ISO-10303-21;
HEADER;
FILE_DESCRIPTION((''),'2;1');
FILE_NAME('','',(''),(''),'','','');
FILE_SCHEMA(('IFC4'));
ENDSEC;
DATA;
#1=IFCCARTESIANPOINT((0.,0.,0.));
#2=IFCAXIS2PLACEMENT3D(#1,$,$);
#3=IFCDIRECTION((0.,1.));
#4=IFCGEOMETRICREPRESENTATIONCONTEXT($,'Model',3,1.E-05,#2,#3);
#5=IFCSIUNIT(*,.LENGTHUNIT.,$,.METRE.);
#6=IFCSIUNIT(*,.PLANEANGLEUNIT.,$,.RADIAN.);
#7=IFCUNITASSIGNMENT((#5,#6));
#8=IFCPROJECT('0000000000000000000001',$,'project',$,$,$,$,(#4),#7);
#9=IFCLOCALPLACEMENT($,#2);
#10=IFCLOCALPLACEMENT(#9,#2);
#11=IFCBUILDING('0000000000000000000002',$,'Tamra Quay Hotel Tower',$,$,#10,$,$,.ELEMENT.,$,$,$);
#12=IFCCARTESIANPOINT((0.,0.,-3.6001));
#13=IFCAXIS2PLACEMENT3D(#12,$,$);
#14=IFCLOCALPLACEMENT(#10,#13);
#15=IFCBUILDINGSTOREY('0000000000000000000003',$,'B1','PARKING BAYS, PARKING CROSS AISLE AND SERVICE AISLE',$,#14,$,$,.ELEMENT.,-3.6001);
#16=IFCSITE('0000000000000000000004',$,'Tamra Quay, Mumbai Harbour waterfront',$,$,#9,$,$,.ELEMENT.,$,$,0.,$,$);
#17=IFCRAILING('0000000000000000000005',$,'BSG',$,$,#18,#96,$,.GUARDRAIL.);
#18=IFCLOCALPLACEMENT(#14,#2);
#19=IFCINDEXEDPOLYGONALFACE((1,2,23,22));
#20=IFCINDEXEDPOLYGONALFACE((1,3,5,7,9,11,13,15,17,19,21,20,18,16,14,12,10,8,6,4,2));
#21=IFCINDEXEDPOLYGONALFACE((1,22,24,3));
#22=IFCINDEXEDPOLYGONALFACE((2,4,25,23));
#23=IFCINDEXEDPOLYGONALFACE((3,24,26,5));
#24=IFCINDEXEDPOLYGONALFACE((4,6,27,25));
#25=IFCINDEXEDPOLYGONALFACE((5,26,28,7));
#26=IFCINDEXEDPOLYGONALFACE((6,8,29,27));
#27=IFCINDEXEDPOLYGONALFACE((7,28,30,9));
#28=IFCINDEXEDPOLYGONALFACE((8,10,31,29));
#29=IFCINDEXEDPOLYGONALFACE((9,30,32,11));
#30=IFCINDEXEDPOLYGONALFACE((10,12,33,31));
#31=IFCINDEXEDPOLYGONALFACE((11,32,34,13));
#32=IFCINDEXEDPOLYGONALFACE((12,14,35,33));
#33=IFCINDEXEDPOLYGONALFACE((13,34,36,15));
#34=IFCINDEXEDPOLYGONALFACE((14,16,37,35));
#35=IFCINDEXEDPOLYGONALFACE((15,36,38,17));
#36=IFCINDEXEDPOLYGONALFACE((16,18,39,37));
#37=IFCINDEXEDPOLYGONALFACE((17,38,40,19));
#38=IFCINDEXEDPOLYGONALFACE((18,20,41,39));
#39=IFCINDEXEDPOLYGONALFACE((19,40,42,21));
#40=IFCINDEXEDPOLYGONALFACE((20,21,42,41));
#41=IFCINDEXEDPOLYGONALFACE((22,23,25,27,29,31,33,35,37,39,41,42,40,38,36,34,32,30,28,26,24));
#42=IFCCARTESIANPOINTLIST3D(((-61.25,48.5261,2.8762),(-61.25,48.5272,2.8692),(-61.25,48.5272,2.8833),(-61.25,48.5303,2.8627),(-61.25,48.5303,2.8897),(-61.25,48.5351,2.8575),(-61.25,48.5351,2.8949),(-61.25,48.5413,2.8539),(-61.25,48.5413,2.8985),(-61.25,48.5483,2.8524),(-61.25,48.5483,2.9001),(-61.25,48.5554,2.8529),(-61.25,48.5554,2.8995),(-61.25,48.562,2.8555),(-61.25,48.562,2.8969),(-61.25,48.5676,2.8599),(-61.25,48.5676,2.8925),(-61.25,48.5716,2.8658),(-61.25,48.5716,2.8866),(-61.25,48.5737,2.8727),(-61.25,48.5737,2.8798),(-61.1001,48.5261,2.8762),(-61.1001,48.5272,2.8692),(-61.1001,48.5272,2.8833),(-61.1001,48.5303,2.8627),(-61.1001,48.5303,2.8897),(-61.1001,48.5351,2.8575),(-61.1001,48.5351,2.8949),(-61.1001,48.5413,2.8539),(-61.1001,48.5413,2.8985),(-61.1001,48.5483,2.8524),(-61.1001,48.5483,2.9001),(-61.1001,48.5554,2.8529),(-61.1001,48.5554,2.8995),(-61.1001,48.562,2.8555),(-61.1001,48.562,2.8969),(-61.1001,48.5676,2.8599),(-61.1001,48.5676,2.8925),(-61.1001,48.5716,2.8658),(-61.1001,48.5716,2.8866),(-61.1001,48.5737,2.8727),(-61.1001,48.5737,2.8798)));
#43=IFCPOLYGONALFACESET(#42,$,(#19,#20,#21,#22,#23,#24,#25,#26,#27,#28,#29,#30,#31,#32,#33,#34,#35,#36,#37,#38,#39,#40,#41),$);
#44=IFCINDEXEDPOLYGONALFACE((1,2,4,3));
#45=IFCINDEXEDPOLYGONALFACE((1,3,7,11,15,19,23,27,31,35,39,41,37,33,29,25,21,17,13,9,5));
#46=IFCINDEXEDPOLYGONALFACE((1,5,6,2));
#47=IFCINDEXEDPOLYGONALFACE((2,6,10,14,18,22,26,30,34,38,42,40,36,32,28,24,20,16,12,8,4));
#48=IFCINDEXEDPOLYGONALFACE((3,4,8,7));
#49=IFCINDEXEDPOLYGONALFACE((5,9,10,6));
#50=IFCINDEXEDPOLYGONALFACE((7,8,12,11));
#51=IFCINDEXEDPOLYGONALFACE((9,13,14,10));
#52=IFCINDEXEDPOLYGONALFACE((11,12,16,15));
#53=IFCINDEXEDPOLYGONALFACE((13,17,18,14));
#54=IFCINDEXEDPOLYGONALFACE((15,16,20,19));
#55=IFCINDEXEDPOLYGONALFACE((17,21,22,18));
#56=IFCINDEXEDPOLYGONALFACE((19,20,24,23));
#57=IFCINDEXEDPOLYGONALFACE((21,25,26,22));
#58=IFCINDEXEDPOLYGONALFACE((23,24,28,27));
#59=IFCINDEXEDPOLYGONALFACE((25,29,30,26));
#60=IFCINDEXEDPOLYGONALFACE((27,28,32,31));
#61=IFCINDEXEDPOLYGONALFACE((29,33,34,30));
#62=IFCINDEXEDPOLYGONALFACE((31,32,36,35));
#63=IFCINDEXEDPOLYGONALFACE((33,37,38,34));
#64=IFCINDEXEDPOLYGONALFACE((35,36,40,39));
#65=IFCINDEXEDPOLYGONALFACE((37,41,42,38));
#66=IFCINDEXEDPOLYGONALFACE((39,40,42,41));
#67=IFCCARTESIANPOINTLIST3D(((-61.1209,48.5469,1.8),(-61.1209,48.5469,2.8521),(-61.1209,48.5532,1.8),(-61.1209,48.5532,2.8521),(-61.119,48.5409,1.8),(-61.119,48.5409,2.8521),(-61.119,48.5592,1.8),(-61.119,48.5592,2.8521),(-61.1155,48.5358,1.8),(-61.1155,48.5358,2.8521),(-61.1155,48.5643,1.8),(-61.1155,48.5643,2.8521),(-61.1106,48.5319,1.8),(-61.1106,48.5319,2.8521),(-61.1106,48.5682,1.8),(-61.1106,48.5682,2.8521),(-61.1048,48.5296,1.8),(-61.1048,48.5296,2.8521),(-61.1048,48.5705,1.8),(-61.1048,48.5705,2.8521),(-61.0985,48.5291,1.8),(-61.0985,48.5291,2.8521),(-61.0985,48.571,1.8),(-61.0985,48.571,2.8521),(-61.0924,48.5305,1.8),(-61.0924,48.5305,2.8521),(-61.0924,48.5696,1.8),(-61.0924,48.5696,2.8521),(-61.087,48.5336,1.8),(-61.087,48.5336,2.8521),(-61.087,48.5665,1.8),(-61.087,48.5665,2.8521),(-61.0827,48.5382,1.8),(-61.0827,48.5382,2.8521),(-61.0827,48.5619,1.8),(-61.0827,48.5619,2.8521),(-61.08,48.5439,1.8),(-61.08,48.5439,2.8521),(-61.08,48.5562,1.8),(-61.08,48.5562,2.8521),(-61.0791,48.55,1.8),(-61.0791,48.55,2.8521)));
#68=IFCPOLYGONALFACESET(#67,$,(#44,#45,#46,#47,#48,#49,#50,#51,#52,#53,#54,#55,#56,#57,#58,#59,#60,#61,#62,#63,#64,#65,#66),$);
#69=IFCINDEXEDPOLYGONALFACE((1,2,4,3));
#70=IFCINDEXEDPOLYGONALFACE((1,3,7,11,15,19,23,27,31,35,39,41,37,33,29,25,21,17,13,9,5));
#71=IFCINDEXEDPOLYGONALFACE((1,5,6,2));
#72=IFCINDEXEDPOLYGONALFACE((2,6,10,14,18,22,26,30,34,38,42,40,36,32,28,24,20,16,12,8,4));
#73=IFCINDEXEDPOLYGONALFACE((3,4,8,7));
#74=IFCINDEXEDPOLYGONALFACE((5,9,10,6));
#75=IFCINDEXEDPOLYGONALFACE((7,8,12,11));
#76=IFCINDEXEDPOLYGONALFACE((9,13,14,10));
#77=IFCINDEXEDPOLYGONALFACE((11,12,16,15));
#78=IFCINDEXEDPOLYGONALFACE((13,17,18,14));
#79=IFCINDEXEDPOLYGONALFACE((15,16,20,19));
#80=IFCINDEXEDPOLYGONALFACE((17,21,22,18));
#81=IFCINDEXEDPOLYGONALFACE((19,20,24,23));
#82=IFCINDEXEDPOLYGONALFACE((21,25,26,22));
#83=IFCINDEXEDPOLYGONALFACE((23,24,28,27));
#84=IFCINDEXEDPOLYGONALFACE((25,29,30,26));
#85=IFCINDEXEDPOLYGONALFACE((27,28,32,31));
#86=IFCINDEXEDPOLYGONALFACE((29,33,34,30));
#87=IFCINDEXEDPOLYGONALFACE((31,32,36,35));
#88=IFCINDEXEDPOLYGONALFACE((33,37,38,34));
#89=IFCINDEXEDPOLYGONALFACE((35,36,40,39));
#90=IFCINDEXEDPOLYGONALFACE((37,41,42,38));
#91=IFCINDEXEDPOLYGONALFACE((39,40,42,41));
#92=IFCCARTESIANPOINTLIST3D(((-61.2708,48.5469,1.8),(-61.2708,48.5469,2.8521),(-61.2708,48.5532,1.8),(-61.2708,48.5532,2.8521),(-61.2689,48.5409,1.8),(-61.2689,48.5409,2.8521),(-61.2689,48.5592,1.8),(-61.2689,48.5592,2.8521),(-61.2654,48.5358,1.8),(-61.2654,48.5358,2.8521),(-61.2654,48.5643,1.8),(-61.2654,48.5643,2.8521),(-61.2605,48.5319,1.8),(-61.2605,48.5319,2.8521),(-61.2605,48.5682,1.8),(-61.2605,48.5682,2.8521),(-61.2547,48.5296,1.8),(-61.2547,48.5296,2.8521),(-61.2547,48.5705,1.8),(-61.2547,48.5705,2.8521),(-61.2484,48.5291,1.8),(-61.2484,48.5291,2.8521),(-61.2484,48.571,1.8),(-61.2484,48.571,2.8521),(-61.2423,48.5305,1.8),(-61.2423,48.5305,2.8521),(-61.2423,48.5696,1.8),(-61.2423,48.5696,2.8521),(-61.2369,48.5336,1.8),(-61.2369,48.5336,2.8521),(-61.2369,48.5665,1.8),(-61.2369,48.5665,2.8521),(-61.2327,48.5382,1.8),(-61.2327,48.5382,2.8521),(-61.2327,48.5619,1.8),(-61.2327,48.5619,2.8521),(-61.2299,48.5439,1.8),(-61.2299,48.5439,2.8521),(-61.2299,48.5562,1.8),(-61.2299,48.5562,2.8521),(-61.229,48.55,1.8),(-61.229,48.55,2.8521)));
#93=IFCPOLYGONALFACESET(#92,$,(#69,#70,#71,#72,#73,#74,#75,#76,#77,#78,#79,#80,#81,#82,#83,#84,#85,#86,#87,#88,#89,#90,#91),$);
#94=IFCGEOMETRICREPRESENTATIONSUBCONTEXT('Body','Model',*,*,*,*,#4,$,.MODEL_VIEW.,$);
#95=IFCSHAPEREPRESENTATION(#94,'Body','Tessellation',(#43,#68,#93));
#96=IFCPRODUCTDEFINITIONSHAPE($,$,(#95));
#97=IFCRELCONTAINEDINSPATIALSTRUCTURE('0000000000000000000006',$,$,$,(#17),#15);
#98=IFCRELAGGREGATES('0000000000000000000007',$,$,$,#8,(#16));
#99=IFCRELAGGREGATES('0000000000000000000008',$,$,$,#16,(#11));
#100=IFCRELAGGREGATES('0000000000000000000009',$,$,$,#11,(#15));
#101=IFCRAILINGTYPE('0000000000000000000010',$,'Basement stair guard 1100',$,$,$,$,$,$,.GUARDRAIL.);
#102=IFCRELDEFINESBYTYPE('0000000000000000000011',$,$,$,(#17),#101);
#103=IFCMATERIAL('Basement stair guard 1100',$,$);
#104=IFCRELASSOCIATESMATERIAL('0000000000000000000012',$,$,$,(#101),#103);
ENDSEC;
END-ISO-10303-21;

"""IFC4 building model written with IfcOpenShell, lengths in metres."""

from ifc_helpers import new_model, si_unit, direction, frame, origin, origin_2d, place, context, subcontext, project, spatial, circle, extrude, material, type_object, element, save


model = new_model("IFC4")

# Units and contexts
model_context = context("Model", 3, precision=1e-05, world=origin(), true_north=direction((0.0, 1.0)))
body_context = subcontext(model_context, "Body", "Model", "MODEL_VIEW")
ifc_project = project(units=[si_unit("LENGTHUNIT", "METRE"), si_unit("PLANEANGLEUNIT", "RADIAN")], contexts=[model_context])

# Site, building, storey
site_placement = place(None, origin())
site = spatial("IfcSite", under=ifc_project, at=site_placement, Name="Tamra Quay, Mumbai Harbour waterfront", CompositionType="ELEMENT", RefElevation=0.0)
building_placement = place(site_placement, origin())
building = spatial("IfcBuilding", under=site, at=building_placement, Name="Tamra Quay Hotel Tower", CompositionType="ELEMENT")
storey_placement = place(building_placement, frame((0.0, 0.0, -3.6001)))
storey = spatial("IfcBuildingStorey", under=building, at=storey_placement, Name="B1", Description="PARKING BAYS, PARKING CROSS AISLE AND SERVICE AISLE", CompositionType="ELEMENT", Elevation=-3.6001)

# Railing
ifc_material_1 = material(Name="Basement stair guard 1100")
railing_type_1 = type_object("IfcRailingType", Name="Basement stair guard 1100", PredefinedType="GUARDRAIL", material=ifc_material_1)
railing_1_placement = place(storey_placement, frame((-61.1001, 48.55, 1.8)))
element("IfcRailing", 1, at=railing_1_placement, inside=storey, type_object=railing_type_1, Name="BSG", PredefinedType="GUARDRAIL", context=body_context, shape_type="SweptSolid", body=[
    extrude(circle(Radius=0.0239, at=origin_2d()), frame((0.0, 0.0, 1.0762), z_axis=(-1.0, 0.0, 0.0), x_axis=(0.0, -1.0, 0.0)), (0.0, 0.0, 1.0), 0.1499),
    extrude(circle(Radius=0.021, at=origin_2d()), origin(), (0.0, 0.0, 1.0), 1.052),
    extrude(circle(Radius=0.021, at=origin_2d()), frame((-0.1499, 0.0, 0.0)), (0.0, 0.0, 1.0), 1.052),
])

save(model, "model.ifc")
